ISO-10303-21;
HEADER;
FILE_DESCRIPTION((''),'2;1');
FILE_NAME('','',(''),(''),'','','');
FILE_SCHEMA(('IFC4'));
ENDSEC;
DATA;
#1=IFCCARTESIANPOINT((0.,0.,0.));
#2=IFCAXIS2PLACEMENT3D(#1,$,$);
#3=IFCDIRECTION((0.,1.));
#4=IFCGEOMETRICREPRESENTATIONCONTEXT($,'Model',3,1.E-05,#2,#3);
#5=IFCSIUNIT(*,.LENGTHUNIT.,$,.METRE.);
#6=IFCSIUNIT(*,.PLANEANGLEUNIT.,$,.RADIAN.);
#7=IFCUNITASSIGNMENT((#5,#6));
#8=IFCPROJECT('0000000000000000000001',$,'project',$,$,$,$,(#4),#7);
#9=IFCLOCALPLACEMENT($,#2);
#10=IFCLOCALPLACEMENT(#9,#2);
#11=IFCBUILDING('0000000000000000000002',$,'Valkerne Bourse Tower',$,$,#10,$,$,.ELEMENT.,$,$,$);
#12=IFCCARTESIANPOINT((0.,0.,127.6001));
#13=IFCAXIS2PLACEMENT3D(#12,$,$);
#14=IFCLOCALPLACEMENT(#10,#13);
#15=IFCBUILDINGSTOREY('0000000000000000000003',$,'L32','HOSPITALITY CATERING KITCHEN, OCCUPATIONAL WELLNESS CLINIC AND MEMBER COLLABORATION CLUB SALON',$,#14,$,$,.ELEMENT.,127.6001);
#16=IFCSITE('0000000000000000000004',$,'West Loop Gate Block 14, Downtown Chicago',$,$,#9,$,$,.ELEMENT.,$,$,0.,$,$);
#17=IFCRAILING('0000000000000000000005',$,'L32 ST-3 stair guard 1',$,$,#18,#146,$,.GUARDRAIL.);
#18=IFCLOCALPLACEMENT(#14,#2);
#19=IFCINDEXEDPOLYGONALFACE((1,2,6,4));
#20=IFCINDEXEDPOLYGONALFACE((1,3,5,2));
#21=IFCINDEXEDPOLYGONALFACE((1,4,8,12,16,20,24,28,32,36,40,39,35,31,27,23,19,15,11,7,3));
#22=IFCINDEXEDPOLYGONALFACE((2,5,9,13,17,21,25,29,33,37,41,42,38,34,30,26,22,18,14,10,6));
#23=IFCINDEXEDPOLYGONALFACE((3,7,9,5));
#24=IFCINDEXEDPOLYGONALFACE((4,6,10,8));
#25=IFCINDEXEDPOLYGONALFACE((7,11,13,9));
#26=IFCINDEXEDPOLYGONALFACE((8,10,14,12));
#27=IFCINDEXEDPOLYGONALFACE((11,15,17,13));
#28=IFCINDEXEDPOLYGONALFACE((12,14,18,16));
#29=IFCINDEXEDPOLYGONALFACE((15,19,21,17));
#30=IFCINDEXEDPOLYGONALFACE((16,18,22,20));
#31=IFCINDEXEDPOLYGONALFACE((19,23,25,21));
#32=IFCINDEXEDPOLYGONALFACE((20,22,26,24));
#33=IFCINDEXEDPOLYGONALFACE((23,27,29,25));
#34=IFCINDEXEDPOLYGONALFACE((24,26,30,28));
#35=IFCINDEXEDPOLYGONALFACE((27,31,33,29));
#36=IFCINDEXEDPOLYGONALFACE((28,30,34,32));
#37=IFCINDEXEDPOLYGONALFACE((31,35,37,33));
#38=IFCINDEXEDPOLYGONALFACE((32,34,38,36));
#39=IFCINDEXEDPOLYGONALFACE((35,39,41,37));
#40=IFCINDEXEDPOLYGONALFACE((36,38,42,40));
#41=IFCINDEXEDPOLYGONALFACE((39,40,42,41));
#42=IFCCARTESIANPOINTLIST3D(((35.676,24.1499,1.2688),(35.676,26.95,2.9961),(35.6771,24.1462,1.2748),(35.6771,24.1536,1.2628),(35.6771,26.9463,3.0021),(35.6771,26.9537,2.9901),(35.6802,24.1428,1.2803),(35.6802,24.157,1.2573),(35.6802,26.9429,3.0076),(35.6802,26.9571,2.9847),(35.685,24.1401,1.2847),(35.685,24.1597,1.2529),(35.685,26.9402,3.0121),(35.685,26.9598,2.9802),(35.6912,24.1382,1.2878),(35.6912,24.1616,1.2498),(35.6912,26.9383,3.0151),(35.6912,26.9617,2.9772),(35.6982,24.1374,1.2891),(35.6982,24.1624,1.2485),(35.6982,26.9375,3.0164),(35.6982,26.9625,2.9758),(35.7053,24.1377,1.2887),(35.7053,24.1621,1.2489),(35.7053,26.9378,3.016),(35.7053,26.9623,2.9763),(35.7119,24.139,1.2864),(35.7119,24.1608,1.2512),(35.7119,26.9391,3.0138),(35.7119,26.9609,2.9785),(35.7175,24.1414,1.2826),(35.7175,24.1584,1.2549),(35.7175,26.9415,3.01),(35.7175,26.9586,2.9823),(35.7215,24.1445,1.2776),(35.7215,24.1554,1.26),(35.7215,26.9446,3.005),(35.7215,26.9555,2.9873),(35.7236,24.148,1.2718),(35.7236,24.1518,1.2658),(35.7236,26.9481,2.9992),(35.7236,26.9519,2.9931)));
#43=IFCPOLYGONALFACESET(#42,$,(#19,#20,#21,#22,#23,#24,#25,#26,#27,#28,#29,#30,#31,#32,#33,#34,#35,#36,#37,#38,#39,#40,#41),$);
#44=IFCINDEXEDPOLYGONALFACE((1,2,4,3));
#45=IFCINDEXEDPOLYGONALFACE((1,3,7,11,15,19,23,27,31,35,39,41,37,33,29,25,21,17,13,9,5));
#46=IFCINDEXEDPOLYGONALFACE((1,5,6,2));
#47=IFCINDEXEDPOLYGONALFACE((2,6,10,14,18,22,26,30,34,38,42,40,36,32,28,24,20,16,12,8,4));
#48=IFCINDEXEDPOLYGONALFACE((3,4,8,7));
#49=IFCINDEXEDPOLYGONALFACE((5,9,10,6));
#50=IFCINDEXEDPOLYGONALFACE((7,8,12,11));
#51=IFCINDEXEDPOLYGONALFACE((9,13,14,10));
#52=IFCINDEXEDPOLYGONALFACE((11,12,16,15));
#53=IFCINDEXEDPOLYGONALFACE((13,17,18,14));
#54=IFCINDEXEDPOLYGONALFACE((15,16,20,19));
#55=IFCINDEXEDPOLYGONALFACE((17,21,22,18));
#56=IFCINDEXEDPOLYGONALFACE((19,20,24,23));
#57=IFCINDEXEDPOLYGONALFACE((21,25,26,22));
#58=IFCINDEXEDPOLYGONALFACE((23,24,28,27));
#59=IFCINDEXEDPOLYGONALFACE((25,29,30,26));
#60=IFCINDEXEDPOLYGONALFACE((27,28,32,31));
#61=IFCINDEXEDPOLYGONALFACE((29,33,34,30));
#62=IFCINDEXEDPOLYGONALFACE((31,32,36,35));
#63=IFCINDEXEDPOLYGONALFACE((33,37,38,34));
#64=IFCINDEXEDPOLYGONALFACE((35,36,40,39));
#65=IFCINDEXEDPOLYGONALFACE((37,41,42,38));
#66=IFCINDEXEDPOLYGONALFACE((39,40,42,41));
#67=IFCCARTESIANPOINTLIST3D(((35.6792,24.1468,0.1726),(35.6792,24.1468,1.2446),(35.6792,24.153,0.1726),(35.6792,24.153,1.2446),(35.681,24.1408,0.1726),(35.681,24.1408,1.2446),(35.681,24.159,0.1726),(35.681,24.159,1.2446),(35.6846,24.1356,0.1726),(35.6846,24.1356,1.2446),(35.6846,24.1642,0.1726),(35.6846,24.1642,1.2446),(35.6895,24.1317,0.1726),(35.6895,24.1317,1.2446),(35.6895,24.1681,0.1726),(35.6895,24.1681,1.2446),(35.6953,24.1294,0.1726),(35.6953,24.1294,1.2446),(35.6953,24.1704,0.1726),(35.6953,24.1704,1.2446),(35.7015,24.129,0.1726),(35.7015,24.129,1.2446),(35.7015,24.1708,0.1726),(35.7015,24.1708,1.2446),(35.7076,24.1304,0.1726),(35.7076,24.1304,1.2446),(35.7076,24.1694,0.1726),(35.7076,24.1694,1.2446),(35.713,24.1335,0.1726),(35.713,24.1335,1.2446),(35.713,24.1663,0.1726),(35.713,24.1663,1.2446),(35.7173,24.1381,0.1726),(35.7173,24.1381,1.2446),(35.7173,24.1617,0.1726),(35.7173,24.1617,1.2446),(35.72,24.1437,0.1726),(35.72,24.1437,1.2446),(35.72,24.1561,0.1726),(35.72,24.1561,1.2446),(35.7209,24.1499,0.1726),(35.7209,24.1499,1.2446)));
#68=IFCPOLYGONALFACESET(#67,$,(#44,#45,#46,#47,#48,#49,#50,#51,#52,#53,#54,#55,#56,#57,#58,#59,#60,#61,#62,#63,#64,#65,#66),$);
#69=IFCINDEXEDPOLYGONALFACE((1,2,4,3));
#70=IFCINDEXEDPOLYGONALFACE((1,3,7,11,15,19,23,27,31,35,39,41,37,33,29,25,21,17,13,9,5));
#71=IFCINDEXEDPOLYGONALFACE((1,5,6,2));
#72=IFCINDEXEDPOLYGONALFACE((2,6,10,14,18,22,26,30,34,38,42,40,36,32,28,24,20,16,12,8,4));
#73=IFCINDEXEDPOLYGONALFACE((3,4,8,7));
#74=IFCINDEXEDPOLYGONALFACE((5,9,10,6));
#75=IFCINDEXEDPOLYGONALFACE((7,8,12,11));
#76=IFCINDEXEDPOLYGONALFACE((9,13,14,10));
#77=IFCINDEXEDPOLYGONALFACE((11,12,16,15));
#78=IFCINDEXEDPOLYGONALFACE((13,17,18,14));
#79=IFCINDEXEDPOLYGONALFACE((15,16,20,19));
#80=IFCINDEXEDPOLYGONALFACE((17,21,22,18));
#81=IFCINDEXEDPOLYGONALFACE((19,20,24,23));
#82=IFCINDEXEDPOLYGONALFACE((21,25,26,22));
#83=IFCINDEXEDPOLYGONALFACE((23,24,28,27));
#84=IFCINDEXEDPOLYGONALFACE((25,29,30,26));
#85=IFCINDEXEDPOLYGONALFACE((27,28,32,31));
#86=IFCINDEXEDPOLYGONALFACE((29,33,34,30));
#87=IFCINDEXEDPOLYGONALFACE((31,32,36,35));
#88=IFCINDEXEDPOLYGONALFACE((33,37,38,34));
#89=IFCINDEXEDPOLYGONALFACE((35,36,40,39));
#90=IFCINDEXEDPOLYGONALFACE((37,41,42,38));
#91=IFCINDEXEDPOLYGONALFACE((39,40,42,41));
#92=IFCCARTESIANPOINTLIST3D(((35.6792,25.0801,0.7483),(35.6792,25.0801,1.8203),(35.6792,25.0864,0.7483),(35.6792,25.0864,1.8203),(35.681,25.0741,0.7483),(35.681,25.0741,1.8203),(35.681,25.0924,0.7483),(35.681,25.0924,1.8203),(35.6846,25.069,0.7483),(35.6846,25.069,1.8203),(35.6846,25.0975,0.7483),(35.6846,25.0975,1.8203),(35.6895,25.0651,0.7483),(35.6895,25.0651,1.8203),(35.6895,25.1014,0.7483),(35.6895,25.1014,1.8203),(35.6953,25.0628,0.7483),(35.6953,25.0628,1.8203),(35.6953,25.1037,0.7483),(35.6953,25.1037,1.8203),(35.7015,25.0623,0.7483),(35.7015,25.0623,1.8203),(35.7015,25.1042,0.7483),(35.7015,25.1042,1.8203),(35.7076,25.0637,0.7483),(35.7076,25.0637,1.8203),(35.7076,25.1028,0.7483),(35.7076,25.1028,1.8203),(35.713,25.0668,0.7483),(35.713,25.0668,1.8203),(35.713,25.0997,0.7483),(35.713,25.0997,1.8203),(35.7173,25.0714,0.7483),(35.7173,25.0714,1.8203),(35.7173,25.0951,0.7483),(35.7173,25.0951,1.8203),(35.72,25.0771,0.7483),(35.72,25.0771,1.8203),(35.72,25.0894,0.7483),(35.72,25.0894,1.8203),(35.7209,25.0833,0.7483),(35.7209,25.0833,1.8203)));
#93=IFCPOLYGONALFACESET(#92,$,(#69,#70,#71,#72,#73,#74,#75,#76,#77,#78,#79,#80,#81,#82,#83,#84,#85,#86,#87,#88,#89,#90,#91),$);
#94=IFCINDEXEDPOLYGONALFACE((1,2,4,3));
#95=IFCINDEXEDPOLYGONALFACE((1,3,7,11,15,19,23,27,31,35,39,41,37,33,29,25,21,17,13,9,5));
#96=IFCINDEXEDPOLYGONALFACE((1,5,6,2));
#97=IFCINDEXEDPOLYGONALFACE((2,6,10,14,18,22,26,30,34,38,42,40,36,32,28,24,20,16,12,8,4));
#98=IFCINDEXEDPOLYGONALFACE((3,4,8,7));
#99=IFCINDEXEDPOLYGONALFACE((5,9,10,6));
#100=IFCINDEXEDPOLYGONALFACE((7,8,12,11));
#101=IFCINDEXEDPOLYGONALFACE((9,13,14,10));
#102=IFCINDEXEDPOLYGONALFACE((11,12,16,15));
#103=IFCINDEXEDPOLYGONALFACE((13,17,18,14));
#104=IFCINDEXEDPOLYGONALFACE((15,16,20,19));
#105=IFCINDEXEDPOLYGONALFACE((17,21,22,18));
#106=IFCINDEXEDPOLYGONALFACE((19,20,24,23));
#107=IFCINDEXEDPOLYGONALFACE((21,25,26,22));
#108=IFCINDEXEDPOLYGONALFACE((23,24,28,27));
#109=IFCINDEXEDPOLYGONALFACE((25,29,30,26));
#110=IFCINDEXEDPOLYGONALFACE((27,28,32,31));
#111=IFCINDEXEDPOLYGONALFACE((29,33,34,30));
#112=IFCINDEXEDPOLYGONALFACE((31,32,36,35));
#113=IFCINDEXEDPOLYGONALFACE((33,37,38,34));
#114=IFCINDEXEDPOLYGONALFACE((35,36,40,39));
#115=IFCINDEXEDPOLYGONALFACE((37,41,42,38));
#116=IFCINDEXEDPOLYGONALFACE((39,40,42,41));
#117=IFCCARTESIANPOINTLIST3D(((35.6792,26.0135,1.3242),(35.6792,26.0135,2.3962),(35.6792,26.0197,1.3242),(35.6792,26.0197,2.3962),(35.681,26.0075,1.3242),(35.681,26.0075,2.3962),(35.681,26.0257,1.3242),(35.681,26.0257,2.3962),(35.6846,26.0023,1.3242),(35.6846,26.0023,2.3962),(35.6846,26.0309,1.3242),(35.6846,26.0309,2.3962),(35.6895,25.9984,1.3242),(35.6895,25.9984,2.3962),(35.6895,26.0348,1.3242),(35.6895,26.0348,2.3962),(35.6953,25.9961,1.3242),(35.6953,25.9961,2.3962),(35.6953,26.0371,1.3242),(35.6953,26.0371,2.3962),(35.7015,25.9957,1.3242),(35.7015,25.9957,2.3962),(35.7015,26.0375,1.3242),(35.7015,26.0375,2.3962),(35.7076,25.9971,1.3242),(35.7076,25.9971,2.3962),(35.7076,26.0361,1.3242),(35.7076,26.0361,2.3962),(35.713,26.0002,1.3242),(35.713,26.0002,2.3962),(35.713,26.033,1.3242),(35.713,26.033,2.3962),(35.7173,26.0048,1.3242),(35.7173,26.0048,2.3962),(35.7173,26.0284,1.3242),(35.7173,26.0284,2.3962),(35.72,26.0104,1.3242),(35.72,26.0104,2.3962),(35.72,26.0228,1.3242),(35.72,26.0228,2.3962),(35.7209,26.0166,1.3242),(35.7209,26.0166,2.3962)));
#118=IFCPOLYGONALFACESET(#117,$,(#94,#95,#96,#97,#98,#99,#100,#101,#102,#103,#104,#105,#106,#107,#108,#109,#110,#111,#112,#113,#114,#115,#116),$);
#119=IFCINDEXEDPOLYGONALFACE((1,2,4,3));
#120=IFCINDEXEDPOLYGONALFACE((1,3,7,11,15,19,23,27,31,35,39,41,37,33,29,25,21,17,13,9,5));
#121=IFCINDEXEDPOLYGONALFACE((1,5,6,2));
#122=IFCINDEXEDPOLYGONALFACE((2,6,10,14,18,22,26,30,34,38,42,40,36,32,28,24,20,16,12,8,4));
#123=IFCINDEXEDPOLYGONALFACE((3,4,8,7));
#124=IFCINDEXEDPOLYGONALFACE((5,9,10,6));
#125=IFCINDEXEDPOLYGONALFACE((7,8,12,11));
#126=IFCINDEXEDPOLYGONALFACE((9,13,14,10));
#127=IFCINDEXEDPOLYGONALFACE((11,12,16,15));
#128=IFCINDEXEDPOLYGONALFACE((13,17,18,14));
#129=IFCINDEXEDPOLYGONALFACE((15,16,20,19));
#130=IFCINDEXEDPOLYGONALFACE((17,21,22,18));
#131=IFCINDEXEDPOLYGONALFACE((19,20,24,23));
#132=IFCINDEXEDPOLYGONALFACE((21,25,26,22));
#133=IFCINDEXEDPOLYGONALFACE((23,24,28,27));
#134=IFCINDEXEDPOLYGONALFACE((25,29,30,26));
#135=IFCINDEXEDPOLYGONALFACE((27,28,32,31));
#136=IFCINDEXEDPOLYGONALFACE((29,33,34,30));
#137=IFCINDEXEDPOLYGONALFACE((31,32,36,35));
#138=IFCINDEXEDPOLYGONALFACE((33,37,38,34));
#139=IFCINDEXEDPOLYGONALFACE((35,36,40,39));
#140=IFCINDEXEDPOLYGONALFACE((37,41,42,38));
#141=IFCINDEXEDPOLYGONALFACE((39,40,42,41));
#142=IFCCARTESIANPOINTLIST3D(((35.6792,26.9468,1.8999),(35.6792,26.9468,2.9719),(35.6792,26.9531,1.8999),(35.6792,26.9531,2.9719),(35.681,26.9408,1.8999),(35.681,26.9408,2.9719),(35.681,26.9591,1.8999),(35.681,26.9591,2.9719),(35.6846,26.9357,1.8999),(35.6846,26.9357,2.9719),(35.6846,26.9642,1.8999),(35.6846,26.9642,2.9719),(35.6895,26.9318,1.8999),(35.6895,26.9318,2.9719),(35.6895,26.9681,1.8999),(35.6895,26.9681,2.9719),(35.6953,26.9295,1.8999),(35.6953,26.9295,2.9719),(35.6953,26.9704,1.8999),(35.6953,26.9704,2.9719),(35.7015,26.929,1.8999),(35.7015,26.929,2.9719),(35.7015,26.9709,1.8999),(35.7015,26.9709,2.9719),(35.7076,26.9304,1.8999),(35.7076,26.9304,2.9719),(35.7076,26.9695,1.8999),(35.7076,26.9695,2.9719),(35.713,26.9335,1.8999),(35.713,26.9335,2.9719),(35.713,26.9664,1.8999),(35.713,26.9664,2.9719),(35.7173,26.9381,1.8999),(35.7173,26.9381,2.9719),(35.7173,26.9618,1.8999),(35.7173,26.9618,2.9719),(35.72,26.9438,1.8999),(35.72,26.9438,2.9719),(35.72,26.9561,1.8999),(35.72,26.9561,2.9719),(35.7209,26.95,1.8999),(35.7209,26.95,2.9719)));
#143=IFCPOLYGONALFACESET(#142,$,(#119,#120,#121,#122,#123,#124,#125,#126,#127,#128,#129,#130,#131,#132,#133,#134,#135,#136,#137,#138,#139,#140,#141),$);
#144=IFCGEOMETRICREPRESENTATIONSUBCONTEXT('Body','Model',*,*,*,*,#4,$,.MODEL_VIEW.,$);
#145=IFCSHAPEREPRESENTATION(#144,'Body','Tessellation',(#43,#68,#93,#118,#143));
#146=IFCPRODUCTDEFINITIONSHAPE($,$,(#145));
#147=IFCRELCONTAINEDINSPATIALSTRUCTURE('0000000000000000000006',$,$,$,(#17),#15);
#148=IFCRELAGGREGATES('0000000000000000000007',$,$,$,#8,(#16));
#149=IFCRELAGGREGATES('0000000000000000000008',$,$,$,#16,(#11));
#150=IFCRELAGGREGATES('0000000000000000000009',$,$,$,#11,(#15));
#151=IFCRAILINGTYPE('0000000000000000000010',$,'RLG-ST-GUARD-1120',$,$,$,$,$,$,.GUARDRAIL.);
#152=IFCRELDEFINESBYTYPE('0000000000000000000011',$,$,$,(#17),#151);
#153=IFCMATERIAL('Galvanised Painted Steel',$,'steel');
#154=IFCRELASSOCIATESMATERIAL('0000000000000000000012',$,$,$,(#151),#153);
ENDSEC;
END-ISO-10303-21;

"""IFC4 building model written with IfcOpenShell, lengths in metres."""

from ifc_helpers import new_model, si_unit, direction, frame, origin, origin_2d, place, context, subcontext, project, spatial, circle, extrude, material, type_object, element, save


model = new_model("IFC4")

# Units and contexts
model_context = context("Model", 3, precision=1e-05, world=origin(), true_north=direction((0.0, 1.0)))
body_context = subcontext(model_context, "Body", "Model", "MODEL_VIEW")
ifc_project = project(units=[si_unit("LENGTHUNIT", "METRE"), si_unit("PLANEANGLEUNIT", "RADIAN")], contexts=[model_context])

# Site, building, storey
site_placement = place(None, origin())
site = spatial("IfcSite", under=ifc_project, at=site_placement, Name="West Loop Gate Block 14, Downtown Chicago", CompositionType="ELEMENT", RefElevation=0.0)
building_placement = place(site_placement, origin())
building = spatial("IfcBuilding", under=site, at=building_placement, Name="Valkerne Bourse Tower", CompositionType="ELEMENT")
storey_placement = place(building_placement, frame((0.0, 0.0, 127.6001)))
storey = spatial("IfcBuildingStorey", under=building, at=storey_placement, Name="L32", Description="HOSPITALITY CATERING KITCHEN, OCCUPATIONAL WELLNESS CLINIC AND MEMBER COLLABORATION CLUB SALON", CompositionType="ELEMENT", Elevation=127.6001)

# Shared definitions
ifc_material_1 = material(Name="Galvanised Painted Steel", Category="steel")

# Railing
railing_type_1 = type_object("IfcRailingType", Name="RLG-ST-GUARD-1120", PredefinedType="GUARDRAIL", material=ifc_material_1)
railing_1_placement = place(storey_placement, frame((35.7, 24.1499, 0.1726)))
element("IfcRailing", 1, at=railing_1_placement, inside=storey, type_object=railing_type_1, Name="L32 ST-3 stair guard 1", PredefinedType="GUARDRAIL", context=body_context, shape_type="SweptSolid", body=[
    extrude(circle(Radius=0.0239, at=origin_2d()), frame((0.0, 0.0, 1.0962), z_axis=(0.0, 0.85109, 0.52502), x_axis=(-1.0, 0.0, 0.0)), (0.0, 0.0, 1.0), 3.29),
    extrude(circle(Radius=0.021, at=origin_2d()), origin(), (0.0, 0.0, 1.0), 1.072),
    extrude(circle(Radius=0.021, at=origin_2d()), frame((0.0, 0.9333, 0.5757)), (0.0, 0.0, 1.0), 1.072),
    extrude(circle(Radius=0.021, at=origin_2d()), frame((0.0, 1.8667, 1.1516)), (0.0, 0.0, 1.0), 1.072),
    extrude(circle(Radius=0.021, at=origin_2d()), frame((0.0, 2.8, 1.7273)), (0.0, 0.0, 1.0), 1.072),
])

save(model, "model.ifc")
